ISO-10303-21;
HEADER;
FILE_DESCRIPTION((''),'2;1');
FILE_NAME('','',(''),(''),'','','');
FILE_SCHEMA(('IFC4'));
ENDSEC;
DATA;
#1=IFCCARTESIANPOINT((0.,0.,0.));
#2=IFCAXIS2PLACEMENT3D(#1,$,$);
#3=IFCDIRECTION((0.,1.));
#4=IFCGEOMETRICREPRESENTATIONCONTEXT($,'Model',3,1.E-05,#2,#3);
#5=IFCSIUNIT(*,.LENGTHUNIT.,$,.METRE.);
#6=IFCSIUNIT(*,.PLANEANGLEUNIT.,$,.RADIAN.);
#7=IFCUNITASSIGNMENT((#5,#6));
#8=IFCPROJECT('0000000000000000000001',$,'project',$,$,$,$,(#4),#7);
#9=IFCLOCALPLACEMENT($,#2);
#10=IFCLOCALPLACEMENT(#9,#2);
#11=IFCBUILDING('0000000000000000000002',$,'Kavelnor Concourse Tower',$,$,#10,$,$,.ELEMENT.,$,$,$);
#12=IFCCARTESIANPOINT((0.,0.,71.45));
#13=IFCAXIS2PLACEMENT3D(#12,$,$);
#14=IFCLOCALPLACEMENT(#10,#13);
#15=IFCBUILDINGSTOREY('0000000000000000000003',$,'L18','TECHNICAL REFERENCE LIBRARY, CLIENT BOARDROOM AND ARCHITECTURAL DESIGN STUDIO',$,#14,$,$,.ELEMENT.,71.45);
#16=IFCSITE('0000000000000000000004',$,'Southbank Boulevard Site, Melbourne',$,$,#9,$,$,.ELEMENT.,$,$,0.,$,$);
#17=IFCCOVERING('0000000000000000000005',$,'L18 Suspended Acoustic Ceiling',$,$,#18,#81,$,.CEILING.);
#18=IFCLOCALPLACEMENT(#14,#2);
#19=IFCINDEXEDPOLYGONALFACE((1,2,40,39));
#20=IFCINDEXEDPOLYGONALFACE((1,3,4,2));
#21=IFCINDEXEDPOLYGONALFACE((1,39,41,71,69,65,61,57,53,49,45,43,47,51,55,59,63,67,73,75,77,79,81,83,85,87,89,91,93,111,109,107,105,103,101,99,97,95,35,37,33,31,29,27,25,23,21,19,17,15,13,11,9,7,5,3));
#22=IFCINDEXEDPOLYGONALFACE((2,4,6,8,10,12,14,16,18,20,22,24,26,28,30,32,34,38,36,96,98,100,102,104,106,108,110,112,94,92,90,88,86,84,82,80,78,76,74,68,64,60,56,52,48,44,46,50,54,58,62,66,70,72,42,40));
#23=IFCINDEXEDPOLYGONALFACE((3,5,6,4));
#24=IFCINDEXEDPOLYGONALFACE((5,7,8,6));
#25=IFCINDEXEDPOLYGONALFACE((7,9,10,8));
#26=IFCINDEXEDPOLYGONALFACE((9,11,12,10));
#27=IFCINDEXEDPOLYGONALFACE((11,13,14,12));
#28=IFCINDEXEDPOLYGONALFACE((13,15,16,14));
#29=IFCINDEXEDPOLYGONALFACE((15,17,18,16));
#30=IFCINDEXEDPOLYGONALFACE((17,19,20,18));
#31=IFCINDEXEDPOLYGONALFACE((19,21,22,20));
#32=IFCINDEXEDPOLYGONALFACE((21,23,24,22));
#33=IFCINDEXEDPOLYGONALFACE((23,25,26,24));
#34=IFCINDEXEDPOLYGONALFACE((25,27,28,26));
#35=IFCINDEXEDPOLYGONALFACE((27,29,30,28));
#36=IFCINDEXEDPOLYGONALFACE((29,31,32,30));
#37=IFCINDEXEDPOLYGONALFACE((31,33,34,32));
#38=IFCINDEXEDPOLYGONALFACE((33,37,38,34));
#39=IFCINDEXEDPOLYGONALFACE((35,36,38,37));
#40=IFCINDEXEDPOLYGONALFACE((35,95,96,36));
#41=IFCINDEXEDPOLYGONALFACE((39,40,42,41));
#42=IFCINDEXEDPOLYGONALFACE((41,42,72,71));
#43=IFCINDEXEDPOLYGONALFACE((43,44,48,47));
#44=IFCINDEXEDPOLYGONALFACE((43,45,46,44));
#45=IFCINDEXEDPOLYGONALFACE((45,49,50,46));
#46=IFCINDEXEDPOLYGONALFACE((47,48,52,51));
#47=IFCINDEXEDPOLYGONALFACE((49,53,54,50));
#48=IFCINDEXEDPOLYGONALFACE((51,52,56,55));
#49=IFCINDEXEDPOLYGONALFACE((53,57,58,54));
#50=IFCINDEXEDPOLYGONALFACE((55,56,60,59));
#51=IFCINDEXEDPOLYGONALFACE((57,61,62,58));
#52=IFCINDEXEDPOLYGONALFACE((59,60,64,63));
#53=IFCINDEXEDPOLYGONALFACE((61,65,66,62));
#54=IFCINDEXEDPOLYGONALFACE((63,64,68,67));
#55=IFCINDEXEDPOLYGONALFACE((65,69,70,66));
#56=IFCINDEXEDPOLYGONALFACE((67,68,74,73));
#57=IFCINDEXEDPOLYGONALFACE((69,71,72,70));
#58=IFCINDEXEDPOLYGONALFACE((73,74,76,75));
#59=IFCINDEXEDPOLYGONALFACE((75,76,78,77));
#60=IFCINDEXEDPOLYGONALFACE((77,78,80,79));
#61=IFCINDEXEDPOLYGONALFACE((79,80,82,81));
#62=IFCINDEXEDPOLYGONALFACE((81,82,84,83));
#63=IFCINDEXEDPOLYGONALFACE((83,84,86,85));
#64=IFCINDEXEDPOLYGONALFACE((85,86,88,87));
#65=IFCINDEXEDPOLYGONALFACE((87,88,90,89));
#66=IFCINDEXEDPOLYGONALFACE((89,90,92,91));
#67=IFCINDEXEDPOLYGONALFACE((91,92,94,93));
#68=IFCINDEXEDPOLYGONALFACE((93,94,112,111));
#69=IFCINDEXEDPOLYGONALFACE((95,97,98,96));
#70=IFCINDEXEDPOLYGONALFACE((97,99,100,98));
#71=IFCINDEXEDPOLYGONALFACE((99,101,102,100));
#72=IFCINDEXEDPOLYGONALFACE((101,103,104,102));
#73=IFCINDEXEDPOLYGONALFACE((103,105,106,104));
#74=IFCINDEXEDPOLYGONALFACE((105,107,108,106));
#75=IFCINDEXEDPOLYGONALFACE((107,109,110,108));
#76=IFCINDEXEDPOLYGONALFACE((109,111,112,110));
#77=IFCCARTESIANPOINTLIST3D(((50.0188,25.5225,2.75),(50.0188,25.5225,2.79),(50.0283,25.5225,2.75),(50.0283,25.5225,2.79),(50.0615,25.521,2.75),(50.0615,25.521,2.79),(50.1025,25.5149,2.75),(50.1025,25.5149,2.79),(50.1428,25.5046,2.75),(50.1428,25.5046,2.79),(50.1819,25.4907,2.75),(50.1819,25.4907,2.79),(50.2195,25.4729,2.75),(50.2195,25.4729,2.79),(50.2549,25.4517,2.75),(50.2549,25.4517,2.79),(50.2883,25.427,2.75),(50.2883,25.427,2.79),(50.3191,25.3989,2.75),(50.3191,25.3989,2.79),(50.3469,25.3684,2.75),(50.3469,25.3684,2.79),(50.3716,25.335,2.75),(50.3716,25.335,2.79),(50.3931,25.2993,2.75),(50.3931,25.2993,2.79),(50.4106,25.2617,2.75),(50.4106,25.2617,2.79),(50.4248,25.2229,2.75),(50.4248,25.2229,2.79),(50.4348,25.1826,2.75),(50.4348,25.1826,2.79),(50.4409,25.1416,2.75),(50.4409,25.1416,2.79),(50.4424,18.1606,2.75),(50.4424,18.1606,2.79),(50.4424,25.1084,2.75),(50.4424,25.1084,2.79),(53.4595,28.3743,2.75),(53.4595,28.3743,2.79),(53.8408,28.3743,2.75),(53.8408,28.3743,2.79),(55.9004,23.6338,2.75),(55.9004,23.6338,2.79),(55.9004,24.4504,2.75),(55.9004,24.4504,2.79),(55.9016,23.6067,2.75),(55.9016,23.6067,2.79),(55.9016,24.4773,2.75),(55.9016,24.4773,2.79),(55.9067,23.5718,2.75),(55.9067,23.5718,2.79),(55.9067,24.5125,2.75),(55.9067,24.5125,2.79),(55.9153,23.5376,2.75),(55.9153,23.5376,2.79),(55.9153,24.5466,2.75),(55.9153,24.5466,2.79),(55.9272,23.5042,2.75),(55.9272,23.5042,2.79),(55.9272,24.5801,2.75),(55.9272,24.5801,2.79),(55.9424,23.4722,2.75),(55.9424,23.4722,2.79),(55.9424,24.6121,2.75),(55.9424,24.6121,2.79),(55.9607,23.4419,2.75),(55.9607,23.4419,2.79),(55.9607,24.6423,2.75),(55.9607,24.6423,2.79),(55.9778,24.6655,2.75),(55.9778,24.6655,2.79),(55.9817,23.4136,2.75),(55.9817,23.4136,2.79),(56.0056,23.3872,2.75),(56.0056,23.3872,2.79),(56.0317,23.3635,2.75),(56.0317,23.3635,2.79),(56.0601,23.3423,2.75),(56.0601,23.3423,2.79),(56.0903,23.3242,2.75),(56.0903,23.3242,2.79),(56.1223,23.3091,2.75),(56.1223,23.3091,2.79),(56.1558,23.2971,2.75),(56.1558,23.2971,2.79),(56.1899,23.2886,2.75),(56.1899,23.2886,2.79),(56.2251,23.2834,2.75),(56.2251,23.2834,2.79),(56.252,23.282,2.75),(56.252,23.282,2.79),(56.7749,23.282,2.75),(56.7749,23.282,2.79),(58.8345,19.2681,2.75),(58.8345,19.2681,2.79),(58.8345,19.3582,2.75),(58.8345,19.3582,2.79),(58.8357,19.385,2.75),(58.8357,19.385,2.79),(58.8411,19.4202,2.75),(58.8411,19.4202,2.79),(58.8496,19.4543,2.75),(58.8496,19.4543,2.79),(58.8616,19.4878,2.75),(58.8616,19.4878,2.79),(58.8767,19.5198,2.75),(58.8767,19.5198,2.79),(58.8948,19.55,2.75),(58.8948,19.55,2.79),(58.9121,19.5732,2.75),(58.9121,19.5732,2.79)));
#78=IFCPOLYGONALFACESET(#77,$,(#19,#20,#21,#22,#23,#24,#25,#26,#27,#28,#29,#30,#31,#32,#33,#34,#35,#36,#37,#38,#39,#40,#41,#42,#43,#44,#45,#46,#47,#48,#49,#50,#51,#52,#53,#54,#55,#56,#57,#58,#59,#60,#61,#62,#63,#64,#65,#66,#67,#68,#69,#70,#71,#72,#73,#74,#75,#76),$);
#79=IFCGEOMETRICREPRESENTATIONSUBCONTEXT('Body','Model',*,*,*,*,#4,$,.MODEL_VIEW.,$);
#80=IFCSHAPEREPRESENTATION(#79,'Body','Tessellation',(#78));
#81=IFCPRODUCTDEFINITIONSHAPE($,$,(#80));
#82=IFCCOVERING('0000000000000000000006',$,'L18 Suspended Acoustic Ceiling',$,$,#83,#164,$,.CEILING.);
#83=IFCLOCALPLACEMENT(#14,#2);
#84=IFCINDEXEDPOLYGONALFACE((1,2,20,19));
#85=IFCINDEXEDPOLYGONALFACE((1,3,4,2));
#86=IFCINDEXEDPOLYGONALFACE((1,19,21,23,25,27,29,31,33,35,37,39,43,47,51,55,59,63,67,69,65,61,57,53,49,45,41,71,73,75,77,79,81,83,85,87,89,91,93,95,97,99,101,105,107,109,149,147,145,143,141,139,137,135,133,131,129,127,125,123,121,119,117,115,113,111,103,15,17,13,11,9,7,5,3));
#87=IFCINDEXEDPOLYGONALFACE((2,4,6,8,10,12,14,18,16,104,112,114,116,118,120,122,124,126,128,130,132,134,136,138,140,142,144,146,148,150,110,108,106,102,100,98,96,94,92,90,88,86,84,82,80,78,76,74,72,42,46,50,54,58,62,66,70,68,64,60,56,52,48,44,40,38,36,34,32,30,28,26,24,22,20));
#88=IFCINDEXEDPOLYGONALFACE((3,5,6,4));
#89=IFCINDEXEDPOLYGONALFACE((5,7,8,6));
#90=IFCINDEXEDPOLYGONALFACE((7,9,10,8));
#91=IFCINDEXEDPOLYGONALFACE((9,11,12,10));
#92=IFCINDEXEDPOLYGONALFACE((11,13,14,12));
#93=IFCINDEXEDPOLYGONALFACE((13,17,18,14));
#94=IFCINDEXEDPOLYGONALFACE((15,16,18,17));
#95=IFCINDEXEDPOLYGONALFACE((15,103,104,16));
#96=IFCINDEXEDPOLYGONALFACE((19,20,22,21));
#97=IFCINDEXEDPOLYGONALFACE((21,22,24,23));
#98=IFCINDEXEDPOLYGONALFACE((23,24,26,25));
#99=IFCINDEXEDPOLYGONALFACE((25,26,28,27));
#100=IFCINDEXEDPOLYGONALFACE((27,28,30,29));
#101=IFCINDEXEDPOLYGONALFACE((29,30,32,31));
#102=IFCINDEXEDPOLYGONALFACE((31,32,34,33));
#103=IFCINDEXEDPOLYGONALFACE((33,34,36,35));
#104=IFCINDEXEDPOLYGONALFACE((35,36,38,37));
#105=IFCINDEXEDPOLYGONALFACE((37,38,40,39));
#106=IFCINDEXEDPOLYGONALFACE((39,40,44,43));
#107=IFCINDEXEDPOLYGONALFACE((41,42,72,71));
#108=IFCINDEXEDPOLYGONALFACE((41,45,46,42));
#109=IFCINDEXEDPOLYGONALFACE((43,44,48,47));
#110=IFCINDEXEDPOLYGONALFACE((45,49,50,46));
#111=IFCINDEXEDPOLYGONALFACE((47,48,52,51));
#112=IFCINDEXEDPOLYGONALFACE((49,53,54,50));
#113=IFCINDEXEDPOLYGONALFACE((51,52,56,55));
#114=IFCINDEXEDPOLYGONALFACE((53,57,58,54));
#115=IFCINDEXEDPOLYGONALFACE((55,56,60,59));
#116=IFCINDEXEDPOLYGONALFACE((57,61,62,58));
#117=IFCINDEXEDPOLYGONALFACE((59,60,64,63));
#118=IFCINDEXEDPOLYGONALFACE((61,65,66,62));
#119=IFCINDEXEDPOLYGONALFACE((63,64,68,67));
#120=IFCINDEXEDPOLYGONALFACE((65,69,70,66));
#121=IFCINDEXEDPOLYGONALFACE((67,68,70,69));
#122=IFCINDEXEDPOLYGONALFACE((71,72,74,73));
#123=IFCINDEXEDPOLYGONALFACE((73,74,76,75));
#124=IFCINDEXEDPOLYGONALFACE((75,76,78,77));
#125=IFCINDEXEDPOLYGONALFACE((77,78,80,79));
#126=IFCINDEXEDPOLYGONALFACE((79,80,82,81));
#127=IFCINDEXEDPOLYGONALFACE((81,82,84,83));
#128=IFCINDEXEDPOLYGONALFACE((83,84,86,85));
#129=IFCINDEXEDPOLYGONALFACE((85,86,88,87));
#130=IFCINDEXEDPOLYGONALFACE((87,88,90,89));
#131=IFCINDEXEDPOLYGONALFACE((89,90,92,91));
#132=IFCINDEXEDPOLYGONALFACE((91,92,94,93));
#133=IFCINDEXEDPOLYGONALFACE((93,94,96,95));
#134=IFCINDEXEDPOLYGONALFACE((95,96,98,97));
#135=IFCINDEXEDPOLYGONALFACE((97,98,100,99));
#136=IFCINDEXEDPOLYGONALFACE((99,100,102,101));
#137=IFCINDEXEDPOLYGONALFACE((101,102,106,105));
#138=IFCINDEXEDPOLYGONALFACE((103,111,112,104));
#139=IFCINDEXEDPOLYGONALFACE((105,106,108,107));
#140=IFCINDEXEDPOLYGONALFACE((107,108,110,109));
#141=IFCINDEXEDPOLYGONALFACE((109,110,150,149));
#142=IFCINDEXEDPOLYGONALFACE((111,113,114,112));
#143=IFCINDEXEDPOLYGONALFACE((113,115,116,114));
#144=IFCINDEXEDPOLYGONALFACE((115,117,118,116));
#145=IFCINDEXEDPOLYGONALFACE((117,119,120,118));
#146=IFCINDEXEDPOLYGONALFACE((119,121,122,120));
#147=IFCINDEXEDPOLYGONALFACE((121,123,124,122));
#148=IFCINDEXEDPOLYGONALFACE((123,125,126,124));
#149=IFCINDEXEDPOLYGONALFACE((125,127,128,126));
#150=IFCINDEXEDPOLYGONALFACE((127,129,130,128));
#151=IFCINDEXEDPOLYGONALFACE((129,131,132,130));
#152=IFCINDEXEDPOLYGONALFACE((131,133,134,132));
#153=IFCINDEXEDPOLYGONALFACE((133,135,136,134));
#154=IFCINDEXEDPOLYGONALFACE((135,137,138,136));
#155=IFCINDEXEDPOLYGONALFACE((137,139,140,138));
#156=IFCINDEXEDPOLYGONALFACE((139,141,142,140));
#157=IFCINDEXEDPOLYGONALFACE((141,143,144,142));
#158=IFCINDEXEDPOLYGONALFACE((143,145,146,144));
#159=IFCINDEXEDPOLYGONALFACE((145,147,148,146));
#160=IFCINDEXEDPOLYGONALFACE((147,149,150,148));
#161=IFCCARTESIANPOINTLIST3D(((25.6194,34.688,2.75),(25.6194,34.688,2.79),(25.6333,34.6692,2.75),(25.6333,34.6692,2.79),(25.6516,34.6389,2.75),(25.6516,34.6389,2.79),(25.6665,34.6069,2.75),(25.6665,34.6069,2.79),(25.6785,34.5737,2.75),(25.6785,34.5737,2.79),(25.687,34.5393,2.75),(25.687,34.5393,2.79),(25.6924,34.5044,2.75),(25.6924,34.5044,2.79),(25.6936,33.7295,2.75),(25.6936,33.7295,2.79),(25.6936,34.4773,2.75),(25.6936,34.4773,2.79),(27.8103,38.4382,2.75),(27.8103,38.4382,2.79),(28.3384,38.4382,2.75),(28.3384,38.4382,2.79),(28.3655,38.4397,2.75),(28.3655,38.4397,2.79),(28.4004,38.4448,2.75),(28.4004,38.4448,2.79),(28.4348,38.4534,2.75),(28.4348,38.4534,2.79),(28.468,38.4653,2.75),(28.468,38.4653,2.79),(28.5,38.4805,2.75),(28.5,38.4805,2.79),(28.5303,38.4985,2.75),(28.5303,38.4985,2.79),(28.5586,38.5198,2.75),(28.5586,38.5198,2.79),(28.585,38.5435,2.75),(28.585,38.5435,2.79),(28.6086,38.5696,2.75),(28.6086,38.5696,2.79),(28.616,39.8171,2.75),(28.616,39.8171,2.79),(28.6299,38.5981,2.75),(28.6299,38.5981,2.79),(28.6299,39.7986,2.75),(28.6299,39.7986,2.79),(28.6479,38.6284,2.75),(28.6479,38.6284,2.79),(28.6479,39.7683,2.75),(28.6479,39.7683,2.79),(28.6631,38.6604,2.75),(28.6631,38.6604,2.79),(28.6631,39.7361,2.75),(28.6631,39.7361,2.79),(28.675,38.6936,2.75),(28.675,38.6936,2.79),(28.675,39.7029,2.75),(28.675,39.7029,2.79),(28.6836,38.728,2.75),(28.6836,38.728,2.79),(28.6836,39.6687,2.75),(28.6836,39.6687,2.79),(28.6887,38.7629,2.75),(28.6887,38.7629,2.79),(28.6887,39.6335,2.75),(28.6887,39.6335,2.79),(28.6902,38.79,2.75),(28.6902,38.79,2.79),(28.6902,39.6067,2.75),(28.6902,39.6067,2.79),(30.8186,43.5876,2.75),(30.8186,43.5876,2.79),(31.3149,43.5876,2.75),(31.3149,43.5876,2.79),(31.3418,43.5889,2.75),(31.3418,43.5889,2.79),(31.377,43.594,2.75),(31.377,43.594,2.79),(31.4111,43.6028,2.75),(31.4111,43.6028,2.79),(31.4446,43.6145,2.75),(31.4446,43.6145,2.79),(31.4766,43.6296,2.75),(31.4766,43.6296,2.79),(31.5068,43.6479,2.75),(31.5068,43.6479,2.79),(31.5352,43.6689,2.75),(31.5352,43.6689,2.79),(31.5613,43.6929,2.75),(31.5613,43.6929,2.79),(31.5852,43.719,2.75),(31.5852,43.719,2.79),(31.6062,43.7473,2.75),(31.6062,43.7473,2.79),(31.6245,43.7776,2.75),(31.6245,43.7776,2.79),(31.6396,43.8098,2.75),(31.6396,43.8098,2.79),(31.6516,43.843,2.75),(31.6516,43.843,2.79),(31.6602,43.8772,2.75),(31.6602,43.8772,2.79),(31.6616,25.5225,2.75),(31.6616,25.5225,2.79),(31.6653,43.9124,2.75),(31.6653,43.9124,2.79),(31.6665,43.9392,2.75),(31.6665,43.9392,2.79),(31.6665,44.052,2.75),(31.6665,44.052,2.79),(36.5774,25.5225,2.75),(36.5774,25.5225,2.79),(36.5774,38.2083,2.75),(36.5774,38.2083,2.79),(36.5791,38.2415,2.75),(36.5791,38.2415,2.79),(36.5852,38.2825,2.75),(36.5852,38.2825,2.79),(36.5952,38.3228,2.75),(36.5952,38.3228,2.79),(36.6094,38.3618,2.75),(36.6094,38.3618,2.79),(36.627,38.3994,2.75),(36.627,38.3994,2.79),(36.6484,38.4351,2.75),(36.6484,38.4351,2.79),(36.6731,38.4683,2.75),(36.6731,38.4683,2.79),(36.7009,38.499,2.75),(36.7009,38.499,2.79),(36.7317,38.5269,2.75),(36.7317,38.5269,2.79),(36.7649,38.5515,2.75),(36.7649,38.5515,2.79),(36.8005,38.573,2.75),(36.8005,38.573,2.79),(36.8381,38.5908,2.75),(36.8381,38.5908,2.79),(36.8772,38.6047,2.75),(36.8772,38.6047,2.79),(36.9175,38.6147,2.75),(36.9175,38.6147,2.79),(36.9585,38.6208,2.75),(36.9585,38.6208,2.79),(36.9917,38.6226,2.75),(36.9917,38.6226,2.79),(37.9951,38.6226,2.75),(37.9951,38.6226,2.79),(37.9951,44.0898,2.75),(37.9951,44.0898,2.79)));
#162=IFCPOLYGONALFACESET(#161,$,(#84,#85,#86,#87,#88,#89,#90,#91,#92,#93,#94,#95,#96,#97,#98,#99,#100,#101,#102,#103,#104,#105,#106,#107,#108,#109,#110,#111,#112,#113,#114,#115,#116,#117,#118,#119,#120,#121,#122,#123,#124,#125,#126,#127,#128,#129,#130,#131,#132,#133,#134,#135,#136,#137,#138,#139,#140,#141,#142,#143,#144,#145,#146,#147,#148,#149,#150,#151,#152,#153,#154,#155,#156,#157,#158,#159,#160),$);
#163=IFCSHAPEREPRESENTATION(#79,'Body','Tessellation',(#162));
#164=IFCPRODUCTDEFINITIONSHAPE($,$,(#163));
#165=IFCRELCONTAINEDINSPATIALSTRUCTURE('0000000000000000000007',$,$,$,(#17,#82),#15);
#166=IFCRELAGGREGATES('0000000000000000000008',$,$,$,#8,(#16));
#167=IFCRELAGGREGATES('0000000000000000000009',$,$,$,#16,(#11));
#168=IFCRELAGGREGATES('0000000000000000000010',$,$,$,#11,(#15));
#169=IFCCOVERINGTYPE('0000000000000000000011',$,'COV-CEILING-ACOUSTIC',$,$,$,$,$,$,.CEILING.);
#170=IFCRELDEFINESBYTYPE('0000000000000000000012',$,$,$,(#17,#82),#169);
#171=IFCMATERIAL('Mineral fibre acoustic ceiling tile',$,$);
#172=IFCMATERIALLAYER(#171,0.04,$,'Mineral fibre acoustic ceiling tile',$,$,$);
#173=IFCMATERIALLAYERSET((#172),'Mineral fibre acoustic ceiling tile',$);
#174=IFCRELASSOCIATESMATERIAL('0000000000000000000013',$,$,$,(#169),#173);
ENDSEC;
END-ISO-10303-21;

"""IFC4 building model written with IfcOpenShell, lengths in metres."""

from ifc_helpers import new_model, si_unit, direction, frame, origin, place, context, subcontext, project, spatial, polyline, outline, extrude, material, layer, layer_set, type_object, element, save


model = new_model("IFC4")

# Units and contexts
model_context = context("Model", 3, precision=1e-05, world=origin(), true_north=direction((0.0, 1.0)))
body_context = subcontext(model_context, "Body", "Model", "MODEL_VIEW")
ifc_project = project(units=[si_unit("LENGTHUNIT", "METRE"), si_unit("PLANEANGLEUNIT", "RADIAN")], contexts=[model_context])

# Site, building, storey
site_placement = place(None, origin())
site = spatial("IfcSite", under=ifc_project, at=site_placement, Name="Southbank Boulevard Site, Melbourne", CompositionType="ELEMENT", RefElevation=0.0)
building_placement = place(site_placement, origin())
building = spatial("IfcBuilding", under=site, at=building_placement, Name="Kavelnor Concourse Tower", CompositionType="ELEMENT")
storey_placement = place(building_placement, frame((0.0, 0.0, 71.45)))
storey = spatial("IfcBuildingStorey", under=building, at=storey_placement, Name="L18", Description="TECHNICAL REFERENCE LIBRARY, CLIENT BOARDROOM AND ARCHITECTURAL DESIGN STUDIO", CompositionType="ELEMENT", Elevation=71.45)

# Coverings
ifc_material_1 = material(Name="Mineral fibre acoustic ceiling tile")
ifc_layer_1 = layer(ifc_material_1, 0.04, Name="Mineral fibre acoustic ceiling tile")
ifc_layer_set_1 = layer_set([ifc_layer_1], Name="Mineral fibre acoustic ceiling tile")
covering_type_1 = type_object("IfcCoveringType", Name="COV-CEILING-ACOUSTIC", PredefinedType="CEILING", material=ifc_layer_set_1)
covering_1_placement = place(storey_placement, frame((0.0, 0.0, 2.75)))
element("IfcCovering", 1, at=covering_1_placement, inside=storey, type_object=covering_type_1, Name="L18 Suspended Acoustic Ceiling", PredefinedType="CEILING", context=body_context, shape_type="SweptSolid", body=[
    extrude(outline(polyline([(50.4409, 25.1416), (50.4348, 25.1826), (50.4248, 25.2229), (50.4106, 25.2617), (50.3931, 25.2993), (50.3716, 25.335), (50.3469, 25.3684), (50.3191, 25.3989), (50.2883, 25.427), (50.2549, 25.4517), (50.2195, 25.4729), (50.1819, 25.4907), (50.1428, 25.5046), (50.1025, 25.5149), (50.0615, 25.521), (50.0283, 25.5225), (50.0188, 25.5225), (53.4595, 28.3743), (53.8408, 28.3743), (55.9778, 24.6655), (55.9607, 24.6423), (55.9424, 24.6121), (55.9272, 24.5801), (55.9153, 24.5466), (55.9067, 24.5125), (55.9016, 24.4773), (55.9004, 24.4504), (55.9004, 23.6338), (55.9016, 23.6067), (55.9067, 23.5718), (55.9153, 23.5376), (55.9272, 23.5042), (55.9424, 23.4722), (55.9607, 23.4419), (55.9817, 23.4136), (56.0056, 23.3872), (56.0317, 23.3635), (56.0601, 23.3423), (56.0903, 23.3242), (56.1223, 23.3091), (56.1558, 23.2971), (56.1899, 23.2886), (56.2251, 23.2834), (56.252, 23.282), (56.7749, 23.282), (58.9121, 19.5732), (58.8948, 19.55), (58.8767, 19.5198), (58.8616, 19.4878), (58.8496, 19.4543), (58.8411, 19.4202), (58.8357, 19.385), (58.8345, 19.3582), (58.8345, 19.2681), (50.4424, 18.1606), (50.4424, 25.1084), (50.4409, 25.1416)])), origin(), (0.0, 0.0, 1.0), 0.04),
])
covering_2_placement = place(storey_placement, frame((0.0, 0.0, 2.75)))
element("IfcCovering", 2, at=covering_2_placement, inside=storey, type_object=covering_type_1, Name="L18 Suspended Acoustic Ceiling", PredefinedType="CEILING", context=body_context, shape_type="SweptSolid", body=[
    extrude(outline(polyline([(28.3655, 38.4397), (28.4004, 38.4448), (28.4348, 38.4534), (28.468, 38.4653), (28.5, 38.4805), (28.5303, 38.4985), (28.5586, 38.5198), (28.585, 38.5435), (28.6086, 38.5696), (28.6299, 38.5981), (28.6479, 38.6284), (28.6631, 38.6604), (28.675, 38.6936), (28.6836, 38.728), (28.6887, 38.7629), (28.6902, 38.79), (28.6902, 39.6067), (28.6887, 39.6335), (28.6836, 39.6687), (28.675, 39.7029), (28.6631, 39.7361), (28.6479, 39.7683), (28.6299, 39.7986), (28.616, 39.8171), (30.8186, 43.5876), (31.3149, 43.5876), (31.3418, 43.5889), (31.377, 43.594), (31.4111, 43.6028), (31.4446, 43.6145), (31.4766, 43.6296), (31.5068, 43.6479), (31.5352, 43.6689), (31.5613, 43.6929), (31.5852, 43.719), (31.6062, 43.7473), (31.6245, 43.7776), (31.6396, 43.8098), (31.6516, 43.843), (31.6602, 43.8772), (31.6653, 43.9124), (31.6665, 43.9392), (31.6665, 44.052), (37.9951, 44.0898), (37.9951, 38.6226), (36.9917, 38.6226), (36.9585, 38.6208), (36.9175, 38.6147), (36.8772, 38.6047), (36.8381, 38.5908), (36.8005, 38.573), (36.7649, 38.5515), (36.7317, 38.5269), (36.7009, 38.499), (36.6731, 38.4683), (36.6484, 38.4351), (36.627, 38.3994), (36.6094, 38.3618), (36.5952, 38.3228), (36.5852, 38.2825), (36.5791, 38.2415), (36.5774, 38.2083), (36.5774, 25.5225), (31.6616, 25.5225), (25.6936, 33.7295), (25.6936, 34.4773), (25.6924, 34.5044), (25.687, 34.5393), (25.6785, 34.5737), (25.6665, 34.6069), (25.6516, 34.6389), (25.6333, 34.6692), (25.6194, 34.688), (27.8103, 38.4382), (28.3384, 38.4382), (28.3655, 38.4397)])), origin(), (0.0, 0.0, 1.0), 0.04),
])

save(model, "model.ifc")
